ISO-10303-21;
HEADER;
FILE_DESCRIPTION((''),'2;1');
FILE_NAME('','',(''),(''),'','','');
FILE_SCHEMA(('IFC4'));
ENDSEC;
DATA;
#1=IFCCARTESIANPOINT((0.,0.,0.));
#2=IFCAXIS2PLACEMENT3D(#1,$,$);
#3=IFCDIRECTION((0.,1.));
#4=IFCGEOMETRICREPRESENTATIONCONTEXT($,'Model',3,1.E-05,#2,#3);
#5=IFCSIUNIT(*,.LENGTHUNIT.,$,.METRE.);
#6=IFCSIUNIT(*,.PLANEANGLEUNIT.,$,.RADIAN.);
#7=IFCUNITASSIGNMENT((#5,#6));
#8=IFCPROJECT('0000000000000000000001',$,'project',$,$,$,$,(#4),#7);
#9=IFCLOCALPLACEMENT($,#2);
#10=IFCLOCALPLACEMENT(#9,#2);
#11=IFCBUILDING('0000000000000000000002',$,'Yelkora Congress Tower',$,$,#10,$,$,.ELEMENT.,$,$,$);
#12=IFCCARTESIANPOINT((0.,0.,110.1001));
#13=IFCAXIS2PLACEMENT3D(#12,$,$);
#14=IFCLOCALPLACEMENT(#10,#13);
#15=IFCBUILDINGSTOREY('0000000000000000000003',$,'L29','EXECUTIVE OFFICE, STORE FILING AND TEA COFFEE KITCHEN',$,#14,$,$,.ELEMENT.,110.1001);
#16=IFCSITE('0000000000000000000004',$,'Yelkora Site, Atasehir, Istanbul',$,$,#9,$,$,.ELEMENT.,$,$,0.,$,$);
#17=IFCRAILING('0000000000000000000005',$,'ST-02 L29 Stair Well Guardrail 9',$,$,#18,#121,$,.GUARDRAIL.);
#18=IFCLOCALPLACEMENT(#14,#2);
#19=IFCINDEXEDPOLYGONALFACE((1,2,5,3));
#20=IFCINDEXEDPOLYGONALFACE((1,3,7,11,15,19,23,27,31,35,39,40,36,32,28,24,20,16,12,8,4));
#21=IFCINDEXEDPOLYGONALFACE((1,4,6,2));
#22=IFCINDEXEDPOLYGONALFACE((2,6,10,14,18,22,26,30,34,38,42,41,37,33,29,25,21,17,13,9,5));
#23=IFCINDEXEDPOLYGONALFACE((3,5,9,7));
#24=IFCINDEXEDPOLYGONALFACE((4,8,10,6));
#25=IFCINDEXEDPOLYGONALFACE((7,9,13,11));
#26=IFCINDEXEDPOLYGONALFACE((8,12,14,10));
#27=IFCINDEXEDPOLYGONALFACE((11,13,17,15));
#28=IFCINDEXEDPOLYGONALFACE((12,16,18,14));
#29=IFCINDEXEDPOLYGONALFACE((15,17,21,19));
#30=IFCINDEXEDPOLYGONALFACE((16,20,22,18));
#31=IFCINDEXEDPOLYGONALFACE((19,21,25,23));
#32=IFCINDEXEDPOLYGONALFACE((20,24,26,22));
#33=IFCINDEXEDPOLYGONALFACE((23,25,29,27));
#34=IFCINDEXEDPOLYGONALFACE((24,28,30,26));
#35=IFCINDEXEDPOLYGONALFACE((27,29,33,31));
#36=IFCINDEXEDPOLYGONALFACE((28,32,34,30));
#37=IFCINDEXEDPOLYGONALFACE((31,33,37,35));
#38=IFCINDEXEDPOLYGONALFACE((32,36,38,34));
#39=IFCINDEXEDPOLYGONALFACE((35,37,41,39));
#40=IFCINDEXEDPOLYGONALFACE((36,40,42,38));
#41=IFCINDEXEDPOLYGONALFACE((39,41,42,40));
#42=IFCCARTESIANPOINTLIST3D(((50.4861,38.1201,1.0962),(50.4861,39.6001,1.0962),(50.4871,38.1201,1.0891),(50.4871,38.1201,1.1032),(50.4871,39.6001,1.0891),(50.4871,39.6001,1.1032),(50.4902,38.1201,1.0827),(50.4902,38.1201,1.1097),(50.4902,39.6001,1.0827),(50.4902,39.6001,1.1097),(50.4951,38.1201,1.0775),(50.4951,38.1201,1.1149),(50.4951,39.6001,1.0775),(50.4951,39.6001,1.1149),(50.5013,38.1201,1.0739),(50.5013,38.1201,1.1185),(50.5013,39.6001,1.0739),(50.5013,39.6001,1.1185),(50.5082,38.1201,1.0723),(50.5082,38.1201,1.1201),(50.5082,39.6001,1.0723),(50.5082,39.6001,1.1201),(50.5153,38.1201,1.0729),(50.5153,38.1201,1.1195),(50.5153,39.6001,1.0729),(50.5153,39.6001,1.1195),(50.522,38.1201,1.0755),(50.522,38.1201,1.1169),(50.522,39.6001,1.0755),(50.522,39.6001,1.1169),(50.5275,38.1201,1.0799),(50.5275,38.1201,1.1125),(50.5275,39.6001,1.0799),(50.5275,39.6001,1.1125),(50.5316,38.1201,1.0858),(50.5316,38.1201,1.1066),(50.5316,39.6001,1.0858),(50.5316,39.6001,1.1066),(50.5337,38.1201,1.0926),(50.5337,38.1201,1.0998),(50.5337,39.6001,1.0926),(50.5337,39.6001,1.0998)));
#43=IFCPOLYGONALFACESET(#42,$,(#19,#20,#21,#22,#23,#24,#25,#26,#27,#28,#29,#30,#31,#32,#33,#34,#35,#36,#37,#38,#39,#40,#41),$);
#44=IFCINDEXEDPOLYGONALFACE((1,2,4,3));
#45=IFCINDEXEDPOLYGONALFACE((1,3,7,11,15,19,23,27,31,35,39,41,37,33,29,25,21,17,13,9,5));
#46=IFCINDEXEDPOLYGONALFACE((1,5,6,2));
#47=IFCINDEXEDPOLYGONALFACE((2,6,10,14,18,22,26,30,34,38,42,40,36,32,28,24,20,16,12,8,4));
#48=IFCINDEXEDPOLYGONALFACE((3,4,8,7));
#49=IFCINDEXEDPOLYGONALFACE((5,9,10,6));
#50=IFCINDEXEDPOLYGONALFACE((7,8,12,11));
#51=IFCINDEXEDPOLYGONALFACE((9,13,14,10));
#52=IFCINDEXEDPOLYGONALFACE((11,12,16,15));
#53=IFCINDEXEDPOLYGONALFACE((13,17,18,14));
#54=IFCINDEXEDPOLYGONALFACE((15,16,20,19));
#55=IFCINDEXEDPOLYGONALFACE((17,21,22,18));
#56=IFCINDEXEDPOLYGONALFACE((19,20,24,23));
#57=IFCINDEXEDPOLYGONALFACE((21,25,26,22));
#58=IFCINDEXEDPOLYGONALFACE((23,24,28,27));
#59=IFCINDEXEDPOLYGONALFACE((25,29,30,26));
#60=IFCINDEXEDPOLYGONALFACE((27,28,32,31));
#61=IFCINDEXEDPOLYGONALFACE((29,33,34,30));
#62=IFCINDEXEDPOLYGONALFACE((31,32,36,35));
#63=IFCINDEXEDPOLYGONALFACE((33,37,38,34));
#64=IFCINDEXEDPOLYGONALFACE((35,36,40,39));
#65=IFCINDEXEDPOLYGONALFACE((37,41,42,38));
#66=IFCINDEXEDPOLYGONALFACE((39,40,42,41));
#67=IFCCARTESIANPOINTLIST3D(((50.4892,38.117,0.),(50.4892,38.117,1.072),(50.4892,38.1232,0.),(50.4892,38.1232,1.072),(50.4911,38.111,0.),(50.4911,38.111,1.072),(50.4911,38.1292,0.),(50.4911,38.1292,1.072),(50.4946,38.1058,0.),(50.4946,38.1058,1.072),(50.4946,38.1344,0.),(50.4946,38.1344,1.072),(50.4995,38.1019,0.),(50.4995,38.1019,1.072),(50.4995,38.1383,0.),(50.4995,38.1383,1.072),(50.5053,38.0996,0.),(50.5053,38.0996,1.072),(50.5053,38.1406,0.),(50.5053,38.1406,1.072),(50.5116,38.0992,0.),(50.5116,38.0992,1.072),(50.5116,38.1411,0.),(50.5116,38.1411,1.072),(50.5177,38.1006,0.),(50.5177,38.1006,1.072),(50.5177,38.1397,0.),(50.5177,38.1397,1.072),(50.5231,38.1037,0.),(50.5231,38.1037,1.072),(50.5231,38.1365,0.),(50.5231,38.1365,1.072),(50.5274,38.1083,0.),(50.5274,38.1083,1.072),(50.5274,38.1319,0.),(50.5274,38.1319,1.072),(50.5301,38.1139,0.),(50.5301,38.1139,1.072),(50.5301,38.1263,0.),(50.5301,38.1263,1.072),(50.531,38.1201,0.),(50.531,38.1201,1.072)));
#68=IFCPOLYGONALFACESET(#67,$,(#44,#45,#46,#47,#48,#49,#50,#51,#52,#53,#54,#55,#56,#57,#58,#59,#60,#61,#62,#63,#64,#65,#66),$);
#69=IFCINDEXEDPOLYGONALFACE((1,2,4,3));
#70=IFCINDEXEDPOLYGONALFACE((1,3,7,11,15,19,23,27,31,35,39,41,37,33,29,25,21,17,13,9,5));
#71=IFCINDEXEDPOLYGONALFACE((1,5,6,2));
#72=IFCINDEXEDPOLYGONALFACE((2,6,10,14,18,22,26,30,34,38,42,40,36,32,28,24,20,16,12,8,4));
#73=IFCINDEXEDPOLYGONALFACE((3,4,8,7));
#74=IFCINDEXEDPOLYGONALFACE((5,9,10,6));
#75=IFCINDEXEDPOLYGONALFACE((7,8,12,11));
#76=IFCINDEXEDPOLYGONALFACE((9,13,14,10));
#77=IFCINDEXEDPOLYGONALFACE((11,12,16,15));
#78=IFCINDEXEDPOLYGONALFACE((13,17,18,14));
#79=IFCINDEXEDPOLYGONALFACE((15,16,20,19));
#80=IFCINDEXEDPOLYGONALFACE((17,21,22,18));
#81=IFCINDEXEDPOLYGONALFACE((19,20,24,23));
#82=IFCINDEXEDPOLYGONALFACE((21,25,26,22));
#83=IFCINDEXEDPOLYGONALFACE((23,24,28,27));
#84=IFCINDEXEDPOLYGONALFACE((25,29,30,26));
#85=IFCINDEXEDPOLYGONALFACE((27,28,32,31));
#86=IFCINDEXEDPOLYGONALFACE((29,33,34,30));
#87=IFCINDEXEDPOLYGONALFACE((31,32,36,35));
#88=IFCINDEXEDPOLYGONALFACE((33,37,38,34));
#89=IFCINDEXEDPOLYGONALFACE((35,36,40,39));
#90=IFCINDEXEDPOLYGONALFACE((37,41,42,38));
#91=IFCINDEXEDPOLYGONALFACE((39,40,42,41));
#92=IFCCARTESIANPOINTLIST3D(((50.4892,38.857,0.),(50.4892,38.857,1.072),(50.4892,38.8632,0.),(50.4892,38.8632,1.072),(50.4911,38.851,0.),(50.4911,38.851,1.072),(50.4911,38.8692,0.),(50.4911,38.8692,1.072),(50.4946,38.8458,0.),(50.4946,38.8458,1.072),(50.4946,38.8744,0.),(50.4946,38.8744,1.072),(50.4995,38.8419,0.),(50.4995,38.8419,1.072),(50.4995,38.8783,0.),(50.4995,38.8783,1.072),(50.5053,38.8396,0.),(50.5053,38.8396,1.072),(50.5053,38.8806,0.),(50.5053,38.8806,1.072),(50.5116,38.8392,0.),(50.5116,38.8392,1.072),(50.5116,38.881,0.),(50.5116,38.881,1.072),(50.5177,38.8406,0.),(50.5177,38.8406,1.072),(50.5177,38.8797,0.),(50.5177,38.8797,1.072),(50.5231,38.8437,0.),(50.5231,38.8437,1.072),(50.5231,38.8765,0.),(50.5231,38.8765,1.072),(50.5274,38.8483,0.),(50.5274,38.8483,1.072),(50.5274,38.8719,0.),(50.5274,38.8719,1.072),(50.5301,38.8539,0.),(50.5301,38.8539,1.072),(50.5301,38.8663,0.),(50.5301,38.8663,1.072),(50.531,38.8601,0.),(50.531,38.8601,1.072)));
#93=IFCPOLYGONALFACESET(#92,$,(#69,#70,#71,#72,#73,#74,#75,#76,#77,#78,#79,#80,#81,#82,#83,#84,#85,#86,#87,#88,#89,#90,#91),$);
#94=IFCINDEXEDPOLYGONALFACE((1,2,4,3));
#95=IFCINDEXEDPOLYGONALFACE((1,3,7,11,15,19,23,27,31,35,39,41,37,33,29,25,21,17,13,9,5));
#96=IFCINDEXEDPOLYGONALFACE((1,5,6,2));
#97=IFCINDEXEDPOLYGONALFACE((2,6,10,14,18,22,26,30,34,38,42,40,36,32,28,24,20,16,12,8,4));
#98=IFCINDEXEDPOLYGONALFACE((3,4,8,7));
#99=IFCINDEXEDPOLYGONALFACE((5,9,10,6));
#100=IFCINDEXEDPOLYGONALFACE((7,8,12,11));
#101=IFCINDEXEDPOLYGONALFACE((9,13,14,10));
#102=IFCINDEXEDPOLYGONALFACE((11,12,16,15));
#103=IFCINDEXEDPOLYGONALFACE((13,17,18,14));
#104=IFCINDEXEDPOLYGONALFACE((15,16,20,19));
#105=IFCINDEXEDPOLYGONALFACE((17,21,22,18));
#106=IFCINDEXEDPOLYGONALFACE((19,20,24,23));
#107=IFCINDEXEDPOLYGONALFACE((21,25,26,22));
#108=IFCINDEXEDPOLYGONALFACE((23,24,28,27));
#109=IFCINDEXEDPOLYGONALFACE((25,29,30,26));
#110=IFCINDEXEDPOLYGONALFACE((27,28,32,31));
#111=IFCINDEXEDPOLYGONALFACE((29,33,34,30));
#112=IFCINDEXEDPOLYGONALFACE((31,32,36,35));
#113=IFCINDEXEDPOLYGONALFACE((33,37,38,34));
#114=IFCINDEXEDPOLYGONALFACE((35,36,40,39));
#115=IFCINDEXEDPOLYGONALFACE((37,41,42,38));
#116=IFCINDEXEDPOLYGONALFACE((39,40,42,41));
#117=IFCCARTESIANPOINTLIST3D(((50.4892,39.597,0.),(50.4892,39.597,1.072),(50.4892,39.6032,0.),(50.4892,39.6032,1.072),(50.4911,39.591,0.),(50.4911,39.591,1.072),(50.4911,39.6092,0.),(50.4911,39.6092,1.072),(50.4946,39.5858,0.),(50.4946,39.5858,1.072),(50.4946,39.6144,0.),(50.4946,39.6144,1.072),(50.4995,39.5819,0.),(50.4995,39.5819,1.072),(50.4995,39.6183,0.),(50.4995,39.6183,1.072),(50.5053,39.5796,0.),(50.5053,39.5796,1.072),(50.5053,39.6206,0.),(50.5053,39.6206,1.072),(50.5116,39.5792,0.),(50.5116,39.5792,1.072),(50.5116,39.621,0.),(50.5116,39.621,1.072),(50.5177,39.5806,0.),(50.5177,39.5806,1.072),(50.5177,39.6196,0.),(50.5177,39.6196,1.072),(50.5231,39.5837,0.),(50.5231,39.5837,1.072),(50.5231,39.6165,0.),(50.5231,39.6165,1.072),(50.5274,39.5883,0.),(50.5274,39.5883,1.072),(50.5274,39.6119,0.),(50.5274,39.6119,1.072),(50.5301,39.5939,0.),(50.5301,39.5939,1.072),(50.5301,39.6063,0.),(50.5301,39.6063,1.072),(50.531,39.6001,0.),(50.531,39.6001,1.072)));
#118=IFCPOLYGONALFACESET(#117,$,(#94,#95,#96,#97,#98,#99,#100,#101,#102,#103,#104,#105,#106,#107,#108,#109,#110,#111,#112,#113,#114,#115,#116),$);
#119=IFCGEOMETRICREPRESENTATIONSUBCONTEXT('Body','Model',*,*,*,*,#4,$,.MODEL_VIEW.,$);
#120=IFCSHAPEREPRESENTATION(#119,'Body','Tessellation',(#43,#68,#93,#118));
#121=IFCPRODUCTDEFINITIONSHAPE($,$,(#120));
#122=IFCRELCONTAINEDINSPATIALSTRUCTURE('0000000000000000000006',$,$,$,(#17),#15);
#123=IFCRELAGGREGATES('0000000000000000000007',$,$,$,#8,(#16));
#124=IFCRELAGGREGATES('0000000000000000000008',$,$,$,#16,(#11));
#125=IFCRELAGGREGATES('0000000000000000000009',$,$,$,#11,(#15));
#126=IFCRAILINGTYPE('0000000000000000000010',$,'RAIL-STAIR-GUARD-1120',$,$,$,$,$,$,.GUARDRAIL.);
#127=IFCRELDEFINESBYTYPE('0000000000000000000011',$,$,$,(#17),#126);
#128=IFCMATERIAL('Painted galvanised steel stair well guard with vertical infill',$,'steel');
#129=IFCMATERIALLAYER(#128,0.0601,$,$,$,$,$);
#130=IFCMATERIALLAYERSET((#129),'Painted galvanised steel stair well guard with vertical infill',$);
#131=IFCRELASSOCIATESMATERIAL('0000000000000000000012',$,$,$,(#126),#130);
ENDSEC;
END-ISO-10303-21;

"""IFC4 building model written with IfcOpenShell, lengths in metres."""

from ifc_helpers import new_model, si_unit, direction, frame, origin, origin_2d, place, context, subcontext, project, spatial, circle, extrude, material, layer, layer_set, type_object, element, save


model = new_model("IFC4")

# Units and contexts
model_context = context("Model", 3, precision=1e-05, world=origin(), true_north=direction((0.0, 1.0)))
body_context = subcontext(model_context, "Body", "Model", "MODEL_VIEW")
ifc_project = project(units=[si_unit("LENGTHUNIT", "METRE"), si_unit("PLANEANGLEUNIT", "RADIAN")], contexts=[model_context])

# Site, building, storey
site_placement = place(None, origin())
site = spatial("IfcSite", under=ifc_project, at=site_placement, Name="Yelkora Site, Atasehir, Istanbul", CompositionType="ELEMENT", RefElevation=0.0)
building_placement = place(site_placement, origin())
building = spatial("IfcBuilding", under=site, at=building_placement, Name="Yelkora Congress Tower", CompositionType="ELEMENT")
storey_placement = place(building_placement, frame((0.0, 0.0, 110.1001)))
storey = spatial("IfcBuildingStorey", under=building, at=storey_placement, Name="L29", Description="EXECUTIVE OFFICE, STORE FILING AND TEA COFFEE KITCHEN", CompositionType="ELEMENT", Elevation=110.1001)

# Railing
ifc_material_1 = material(Name="Painted galvanised steel stair well guard with vertical infill", Category="steel")
ifc_layer_1 = layer(ifc_material_1, 0.0601)
ifc_layer_set_1 = layer_set([ifc_layer_1], Name="Painted galvanised steel stair well guard with vertical infill")
railing_type_1 = type_object("IfcRailingType", Name="RAIL-STAIR-GUARD-1120", PredefinedType="GUARDRAIL", material=ifc_layer_set_1)
for number, where, name in (
    (1, (50.51, 38.1201, 0.0), "ST-02 L29 Stair Well Guardrail 9"),
):
    element("IfcRailing", number, at=place(storey_placement, frame(where)), inside=storey, type_object=railing_type_1, Name=name, PredefinedType="GUARDRAIL", context=body_context, shape_type="SweptSolid", body=[
        extrude(circle(Radius=0.0239, at=origin_2d()), frame((0.0, 0.0, 1.0962), z_axis=(0.0, 1.0, 0.0), x_axis=(-1.0, 0.0, 0.0)), (0.0, 0.0, 1.0), 1.48),
        extrude(circle(Radius=0.021, at=origin_2d()), origin(), (0.0, 0.0, 1.0), 1.072),
        extrude(circle(Radius=0.021, at=origin_2d()), frame((0.0, 0.74, 0.0)), (0.0, 0.0, 1.0), 1.072),
        extrude(circle(Radius=0.021, at=origin_2d()), frame((0.0, 1.48, 0.0)), (0.0, 0.0, 1.0), 1.072),
    ])

save(model, "model.ifc")
